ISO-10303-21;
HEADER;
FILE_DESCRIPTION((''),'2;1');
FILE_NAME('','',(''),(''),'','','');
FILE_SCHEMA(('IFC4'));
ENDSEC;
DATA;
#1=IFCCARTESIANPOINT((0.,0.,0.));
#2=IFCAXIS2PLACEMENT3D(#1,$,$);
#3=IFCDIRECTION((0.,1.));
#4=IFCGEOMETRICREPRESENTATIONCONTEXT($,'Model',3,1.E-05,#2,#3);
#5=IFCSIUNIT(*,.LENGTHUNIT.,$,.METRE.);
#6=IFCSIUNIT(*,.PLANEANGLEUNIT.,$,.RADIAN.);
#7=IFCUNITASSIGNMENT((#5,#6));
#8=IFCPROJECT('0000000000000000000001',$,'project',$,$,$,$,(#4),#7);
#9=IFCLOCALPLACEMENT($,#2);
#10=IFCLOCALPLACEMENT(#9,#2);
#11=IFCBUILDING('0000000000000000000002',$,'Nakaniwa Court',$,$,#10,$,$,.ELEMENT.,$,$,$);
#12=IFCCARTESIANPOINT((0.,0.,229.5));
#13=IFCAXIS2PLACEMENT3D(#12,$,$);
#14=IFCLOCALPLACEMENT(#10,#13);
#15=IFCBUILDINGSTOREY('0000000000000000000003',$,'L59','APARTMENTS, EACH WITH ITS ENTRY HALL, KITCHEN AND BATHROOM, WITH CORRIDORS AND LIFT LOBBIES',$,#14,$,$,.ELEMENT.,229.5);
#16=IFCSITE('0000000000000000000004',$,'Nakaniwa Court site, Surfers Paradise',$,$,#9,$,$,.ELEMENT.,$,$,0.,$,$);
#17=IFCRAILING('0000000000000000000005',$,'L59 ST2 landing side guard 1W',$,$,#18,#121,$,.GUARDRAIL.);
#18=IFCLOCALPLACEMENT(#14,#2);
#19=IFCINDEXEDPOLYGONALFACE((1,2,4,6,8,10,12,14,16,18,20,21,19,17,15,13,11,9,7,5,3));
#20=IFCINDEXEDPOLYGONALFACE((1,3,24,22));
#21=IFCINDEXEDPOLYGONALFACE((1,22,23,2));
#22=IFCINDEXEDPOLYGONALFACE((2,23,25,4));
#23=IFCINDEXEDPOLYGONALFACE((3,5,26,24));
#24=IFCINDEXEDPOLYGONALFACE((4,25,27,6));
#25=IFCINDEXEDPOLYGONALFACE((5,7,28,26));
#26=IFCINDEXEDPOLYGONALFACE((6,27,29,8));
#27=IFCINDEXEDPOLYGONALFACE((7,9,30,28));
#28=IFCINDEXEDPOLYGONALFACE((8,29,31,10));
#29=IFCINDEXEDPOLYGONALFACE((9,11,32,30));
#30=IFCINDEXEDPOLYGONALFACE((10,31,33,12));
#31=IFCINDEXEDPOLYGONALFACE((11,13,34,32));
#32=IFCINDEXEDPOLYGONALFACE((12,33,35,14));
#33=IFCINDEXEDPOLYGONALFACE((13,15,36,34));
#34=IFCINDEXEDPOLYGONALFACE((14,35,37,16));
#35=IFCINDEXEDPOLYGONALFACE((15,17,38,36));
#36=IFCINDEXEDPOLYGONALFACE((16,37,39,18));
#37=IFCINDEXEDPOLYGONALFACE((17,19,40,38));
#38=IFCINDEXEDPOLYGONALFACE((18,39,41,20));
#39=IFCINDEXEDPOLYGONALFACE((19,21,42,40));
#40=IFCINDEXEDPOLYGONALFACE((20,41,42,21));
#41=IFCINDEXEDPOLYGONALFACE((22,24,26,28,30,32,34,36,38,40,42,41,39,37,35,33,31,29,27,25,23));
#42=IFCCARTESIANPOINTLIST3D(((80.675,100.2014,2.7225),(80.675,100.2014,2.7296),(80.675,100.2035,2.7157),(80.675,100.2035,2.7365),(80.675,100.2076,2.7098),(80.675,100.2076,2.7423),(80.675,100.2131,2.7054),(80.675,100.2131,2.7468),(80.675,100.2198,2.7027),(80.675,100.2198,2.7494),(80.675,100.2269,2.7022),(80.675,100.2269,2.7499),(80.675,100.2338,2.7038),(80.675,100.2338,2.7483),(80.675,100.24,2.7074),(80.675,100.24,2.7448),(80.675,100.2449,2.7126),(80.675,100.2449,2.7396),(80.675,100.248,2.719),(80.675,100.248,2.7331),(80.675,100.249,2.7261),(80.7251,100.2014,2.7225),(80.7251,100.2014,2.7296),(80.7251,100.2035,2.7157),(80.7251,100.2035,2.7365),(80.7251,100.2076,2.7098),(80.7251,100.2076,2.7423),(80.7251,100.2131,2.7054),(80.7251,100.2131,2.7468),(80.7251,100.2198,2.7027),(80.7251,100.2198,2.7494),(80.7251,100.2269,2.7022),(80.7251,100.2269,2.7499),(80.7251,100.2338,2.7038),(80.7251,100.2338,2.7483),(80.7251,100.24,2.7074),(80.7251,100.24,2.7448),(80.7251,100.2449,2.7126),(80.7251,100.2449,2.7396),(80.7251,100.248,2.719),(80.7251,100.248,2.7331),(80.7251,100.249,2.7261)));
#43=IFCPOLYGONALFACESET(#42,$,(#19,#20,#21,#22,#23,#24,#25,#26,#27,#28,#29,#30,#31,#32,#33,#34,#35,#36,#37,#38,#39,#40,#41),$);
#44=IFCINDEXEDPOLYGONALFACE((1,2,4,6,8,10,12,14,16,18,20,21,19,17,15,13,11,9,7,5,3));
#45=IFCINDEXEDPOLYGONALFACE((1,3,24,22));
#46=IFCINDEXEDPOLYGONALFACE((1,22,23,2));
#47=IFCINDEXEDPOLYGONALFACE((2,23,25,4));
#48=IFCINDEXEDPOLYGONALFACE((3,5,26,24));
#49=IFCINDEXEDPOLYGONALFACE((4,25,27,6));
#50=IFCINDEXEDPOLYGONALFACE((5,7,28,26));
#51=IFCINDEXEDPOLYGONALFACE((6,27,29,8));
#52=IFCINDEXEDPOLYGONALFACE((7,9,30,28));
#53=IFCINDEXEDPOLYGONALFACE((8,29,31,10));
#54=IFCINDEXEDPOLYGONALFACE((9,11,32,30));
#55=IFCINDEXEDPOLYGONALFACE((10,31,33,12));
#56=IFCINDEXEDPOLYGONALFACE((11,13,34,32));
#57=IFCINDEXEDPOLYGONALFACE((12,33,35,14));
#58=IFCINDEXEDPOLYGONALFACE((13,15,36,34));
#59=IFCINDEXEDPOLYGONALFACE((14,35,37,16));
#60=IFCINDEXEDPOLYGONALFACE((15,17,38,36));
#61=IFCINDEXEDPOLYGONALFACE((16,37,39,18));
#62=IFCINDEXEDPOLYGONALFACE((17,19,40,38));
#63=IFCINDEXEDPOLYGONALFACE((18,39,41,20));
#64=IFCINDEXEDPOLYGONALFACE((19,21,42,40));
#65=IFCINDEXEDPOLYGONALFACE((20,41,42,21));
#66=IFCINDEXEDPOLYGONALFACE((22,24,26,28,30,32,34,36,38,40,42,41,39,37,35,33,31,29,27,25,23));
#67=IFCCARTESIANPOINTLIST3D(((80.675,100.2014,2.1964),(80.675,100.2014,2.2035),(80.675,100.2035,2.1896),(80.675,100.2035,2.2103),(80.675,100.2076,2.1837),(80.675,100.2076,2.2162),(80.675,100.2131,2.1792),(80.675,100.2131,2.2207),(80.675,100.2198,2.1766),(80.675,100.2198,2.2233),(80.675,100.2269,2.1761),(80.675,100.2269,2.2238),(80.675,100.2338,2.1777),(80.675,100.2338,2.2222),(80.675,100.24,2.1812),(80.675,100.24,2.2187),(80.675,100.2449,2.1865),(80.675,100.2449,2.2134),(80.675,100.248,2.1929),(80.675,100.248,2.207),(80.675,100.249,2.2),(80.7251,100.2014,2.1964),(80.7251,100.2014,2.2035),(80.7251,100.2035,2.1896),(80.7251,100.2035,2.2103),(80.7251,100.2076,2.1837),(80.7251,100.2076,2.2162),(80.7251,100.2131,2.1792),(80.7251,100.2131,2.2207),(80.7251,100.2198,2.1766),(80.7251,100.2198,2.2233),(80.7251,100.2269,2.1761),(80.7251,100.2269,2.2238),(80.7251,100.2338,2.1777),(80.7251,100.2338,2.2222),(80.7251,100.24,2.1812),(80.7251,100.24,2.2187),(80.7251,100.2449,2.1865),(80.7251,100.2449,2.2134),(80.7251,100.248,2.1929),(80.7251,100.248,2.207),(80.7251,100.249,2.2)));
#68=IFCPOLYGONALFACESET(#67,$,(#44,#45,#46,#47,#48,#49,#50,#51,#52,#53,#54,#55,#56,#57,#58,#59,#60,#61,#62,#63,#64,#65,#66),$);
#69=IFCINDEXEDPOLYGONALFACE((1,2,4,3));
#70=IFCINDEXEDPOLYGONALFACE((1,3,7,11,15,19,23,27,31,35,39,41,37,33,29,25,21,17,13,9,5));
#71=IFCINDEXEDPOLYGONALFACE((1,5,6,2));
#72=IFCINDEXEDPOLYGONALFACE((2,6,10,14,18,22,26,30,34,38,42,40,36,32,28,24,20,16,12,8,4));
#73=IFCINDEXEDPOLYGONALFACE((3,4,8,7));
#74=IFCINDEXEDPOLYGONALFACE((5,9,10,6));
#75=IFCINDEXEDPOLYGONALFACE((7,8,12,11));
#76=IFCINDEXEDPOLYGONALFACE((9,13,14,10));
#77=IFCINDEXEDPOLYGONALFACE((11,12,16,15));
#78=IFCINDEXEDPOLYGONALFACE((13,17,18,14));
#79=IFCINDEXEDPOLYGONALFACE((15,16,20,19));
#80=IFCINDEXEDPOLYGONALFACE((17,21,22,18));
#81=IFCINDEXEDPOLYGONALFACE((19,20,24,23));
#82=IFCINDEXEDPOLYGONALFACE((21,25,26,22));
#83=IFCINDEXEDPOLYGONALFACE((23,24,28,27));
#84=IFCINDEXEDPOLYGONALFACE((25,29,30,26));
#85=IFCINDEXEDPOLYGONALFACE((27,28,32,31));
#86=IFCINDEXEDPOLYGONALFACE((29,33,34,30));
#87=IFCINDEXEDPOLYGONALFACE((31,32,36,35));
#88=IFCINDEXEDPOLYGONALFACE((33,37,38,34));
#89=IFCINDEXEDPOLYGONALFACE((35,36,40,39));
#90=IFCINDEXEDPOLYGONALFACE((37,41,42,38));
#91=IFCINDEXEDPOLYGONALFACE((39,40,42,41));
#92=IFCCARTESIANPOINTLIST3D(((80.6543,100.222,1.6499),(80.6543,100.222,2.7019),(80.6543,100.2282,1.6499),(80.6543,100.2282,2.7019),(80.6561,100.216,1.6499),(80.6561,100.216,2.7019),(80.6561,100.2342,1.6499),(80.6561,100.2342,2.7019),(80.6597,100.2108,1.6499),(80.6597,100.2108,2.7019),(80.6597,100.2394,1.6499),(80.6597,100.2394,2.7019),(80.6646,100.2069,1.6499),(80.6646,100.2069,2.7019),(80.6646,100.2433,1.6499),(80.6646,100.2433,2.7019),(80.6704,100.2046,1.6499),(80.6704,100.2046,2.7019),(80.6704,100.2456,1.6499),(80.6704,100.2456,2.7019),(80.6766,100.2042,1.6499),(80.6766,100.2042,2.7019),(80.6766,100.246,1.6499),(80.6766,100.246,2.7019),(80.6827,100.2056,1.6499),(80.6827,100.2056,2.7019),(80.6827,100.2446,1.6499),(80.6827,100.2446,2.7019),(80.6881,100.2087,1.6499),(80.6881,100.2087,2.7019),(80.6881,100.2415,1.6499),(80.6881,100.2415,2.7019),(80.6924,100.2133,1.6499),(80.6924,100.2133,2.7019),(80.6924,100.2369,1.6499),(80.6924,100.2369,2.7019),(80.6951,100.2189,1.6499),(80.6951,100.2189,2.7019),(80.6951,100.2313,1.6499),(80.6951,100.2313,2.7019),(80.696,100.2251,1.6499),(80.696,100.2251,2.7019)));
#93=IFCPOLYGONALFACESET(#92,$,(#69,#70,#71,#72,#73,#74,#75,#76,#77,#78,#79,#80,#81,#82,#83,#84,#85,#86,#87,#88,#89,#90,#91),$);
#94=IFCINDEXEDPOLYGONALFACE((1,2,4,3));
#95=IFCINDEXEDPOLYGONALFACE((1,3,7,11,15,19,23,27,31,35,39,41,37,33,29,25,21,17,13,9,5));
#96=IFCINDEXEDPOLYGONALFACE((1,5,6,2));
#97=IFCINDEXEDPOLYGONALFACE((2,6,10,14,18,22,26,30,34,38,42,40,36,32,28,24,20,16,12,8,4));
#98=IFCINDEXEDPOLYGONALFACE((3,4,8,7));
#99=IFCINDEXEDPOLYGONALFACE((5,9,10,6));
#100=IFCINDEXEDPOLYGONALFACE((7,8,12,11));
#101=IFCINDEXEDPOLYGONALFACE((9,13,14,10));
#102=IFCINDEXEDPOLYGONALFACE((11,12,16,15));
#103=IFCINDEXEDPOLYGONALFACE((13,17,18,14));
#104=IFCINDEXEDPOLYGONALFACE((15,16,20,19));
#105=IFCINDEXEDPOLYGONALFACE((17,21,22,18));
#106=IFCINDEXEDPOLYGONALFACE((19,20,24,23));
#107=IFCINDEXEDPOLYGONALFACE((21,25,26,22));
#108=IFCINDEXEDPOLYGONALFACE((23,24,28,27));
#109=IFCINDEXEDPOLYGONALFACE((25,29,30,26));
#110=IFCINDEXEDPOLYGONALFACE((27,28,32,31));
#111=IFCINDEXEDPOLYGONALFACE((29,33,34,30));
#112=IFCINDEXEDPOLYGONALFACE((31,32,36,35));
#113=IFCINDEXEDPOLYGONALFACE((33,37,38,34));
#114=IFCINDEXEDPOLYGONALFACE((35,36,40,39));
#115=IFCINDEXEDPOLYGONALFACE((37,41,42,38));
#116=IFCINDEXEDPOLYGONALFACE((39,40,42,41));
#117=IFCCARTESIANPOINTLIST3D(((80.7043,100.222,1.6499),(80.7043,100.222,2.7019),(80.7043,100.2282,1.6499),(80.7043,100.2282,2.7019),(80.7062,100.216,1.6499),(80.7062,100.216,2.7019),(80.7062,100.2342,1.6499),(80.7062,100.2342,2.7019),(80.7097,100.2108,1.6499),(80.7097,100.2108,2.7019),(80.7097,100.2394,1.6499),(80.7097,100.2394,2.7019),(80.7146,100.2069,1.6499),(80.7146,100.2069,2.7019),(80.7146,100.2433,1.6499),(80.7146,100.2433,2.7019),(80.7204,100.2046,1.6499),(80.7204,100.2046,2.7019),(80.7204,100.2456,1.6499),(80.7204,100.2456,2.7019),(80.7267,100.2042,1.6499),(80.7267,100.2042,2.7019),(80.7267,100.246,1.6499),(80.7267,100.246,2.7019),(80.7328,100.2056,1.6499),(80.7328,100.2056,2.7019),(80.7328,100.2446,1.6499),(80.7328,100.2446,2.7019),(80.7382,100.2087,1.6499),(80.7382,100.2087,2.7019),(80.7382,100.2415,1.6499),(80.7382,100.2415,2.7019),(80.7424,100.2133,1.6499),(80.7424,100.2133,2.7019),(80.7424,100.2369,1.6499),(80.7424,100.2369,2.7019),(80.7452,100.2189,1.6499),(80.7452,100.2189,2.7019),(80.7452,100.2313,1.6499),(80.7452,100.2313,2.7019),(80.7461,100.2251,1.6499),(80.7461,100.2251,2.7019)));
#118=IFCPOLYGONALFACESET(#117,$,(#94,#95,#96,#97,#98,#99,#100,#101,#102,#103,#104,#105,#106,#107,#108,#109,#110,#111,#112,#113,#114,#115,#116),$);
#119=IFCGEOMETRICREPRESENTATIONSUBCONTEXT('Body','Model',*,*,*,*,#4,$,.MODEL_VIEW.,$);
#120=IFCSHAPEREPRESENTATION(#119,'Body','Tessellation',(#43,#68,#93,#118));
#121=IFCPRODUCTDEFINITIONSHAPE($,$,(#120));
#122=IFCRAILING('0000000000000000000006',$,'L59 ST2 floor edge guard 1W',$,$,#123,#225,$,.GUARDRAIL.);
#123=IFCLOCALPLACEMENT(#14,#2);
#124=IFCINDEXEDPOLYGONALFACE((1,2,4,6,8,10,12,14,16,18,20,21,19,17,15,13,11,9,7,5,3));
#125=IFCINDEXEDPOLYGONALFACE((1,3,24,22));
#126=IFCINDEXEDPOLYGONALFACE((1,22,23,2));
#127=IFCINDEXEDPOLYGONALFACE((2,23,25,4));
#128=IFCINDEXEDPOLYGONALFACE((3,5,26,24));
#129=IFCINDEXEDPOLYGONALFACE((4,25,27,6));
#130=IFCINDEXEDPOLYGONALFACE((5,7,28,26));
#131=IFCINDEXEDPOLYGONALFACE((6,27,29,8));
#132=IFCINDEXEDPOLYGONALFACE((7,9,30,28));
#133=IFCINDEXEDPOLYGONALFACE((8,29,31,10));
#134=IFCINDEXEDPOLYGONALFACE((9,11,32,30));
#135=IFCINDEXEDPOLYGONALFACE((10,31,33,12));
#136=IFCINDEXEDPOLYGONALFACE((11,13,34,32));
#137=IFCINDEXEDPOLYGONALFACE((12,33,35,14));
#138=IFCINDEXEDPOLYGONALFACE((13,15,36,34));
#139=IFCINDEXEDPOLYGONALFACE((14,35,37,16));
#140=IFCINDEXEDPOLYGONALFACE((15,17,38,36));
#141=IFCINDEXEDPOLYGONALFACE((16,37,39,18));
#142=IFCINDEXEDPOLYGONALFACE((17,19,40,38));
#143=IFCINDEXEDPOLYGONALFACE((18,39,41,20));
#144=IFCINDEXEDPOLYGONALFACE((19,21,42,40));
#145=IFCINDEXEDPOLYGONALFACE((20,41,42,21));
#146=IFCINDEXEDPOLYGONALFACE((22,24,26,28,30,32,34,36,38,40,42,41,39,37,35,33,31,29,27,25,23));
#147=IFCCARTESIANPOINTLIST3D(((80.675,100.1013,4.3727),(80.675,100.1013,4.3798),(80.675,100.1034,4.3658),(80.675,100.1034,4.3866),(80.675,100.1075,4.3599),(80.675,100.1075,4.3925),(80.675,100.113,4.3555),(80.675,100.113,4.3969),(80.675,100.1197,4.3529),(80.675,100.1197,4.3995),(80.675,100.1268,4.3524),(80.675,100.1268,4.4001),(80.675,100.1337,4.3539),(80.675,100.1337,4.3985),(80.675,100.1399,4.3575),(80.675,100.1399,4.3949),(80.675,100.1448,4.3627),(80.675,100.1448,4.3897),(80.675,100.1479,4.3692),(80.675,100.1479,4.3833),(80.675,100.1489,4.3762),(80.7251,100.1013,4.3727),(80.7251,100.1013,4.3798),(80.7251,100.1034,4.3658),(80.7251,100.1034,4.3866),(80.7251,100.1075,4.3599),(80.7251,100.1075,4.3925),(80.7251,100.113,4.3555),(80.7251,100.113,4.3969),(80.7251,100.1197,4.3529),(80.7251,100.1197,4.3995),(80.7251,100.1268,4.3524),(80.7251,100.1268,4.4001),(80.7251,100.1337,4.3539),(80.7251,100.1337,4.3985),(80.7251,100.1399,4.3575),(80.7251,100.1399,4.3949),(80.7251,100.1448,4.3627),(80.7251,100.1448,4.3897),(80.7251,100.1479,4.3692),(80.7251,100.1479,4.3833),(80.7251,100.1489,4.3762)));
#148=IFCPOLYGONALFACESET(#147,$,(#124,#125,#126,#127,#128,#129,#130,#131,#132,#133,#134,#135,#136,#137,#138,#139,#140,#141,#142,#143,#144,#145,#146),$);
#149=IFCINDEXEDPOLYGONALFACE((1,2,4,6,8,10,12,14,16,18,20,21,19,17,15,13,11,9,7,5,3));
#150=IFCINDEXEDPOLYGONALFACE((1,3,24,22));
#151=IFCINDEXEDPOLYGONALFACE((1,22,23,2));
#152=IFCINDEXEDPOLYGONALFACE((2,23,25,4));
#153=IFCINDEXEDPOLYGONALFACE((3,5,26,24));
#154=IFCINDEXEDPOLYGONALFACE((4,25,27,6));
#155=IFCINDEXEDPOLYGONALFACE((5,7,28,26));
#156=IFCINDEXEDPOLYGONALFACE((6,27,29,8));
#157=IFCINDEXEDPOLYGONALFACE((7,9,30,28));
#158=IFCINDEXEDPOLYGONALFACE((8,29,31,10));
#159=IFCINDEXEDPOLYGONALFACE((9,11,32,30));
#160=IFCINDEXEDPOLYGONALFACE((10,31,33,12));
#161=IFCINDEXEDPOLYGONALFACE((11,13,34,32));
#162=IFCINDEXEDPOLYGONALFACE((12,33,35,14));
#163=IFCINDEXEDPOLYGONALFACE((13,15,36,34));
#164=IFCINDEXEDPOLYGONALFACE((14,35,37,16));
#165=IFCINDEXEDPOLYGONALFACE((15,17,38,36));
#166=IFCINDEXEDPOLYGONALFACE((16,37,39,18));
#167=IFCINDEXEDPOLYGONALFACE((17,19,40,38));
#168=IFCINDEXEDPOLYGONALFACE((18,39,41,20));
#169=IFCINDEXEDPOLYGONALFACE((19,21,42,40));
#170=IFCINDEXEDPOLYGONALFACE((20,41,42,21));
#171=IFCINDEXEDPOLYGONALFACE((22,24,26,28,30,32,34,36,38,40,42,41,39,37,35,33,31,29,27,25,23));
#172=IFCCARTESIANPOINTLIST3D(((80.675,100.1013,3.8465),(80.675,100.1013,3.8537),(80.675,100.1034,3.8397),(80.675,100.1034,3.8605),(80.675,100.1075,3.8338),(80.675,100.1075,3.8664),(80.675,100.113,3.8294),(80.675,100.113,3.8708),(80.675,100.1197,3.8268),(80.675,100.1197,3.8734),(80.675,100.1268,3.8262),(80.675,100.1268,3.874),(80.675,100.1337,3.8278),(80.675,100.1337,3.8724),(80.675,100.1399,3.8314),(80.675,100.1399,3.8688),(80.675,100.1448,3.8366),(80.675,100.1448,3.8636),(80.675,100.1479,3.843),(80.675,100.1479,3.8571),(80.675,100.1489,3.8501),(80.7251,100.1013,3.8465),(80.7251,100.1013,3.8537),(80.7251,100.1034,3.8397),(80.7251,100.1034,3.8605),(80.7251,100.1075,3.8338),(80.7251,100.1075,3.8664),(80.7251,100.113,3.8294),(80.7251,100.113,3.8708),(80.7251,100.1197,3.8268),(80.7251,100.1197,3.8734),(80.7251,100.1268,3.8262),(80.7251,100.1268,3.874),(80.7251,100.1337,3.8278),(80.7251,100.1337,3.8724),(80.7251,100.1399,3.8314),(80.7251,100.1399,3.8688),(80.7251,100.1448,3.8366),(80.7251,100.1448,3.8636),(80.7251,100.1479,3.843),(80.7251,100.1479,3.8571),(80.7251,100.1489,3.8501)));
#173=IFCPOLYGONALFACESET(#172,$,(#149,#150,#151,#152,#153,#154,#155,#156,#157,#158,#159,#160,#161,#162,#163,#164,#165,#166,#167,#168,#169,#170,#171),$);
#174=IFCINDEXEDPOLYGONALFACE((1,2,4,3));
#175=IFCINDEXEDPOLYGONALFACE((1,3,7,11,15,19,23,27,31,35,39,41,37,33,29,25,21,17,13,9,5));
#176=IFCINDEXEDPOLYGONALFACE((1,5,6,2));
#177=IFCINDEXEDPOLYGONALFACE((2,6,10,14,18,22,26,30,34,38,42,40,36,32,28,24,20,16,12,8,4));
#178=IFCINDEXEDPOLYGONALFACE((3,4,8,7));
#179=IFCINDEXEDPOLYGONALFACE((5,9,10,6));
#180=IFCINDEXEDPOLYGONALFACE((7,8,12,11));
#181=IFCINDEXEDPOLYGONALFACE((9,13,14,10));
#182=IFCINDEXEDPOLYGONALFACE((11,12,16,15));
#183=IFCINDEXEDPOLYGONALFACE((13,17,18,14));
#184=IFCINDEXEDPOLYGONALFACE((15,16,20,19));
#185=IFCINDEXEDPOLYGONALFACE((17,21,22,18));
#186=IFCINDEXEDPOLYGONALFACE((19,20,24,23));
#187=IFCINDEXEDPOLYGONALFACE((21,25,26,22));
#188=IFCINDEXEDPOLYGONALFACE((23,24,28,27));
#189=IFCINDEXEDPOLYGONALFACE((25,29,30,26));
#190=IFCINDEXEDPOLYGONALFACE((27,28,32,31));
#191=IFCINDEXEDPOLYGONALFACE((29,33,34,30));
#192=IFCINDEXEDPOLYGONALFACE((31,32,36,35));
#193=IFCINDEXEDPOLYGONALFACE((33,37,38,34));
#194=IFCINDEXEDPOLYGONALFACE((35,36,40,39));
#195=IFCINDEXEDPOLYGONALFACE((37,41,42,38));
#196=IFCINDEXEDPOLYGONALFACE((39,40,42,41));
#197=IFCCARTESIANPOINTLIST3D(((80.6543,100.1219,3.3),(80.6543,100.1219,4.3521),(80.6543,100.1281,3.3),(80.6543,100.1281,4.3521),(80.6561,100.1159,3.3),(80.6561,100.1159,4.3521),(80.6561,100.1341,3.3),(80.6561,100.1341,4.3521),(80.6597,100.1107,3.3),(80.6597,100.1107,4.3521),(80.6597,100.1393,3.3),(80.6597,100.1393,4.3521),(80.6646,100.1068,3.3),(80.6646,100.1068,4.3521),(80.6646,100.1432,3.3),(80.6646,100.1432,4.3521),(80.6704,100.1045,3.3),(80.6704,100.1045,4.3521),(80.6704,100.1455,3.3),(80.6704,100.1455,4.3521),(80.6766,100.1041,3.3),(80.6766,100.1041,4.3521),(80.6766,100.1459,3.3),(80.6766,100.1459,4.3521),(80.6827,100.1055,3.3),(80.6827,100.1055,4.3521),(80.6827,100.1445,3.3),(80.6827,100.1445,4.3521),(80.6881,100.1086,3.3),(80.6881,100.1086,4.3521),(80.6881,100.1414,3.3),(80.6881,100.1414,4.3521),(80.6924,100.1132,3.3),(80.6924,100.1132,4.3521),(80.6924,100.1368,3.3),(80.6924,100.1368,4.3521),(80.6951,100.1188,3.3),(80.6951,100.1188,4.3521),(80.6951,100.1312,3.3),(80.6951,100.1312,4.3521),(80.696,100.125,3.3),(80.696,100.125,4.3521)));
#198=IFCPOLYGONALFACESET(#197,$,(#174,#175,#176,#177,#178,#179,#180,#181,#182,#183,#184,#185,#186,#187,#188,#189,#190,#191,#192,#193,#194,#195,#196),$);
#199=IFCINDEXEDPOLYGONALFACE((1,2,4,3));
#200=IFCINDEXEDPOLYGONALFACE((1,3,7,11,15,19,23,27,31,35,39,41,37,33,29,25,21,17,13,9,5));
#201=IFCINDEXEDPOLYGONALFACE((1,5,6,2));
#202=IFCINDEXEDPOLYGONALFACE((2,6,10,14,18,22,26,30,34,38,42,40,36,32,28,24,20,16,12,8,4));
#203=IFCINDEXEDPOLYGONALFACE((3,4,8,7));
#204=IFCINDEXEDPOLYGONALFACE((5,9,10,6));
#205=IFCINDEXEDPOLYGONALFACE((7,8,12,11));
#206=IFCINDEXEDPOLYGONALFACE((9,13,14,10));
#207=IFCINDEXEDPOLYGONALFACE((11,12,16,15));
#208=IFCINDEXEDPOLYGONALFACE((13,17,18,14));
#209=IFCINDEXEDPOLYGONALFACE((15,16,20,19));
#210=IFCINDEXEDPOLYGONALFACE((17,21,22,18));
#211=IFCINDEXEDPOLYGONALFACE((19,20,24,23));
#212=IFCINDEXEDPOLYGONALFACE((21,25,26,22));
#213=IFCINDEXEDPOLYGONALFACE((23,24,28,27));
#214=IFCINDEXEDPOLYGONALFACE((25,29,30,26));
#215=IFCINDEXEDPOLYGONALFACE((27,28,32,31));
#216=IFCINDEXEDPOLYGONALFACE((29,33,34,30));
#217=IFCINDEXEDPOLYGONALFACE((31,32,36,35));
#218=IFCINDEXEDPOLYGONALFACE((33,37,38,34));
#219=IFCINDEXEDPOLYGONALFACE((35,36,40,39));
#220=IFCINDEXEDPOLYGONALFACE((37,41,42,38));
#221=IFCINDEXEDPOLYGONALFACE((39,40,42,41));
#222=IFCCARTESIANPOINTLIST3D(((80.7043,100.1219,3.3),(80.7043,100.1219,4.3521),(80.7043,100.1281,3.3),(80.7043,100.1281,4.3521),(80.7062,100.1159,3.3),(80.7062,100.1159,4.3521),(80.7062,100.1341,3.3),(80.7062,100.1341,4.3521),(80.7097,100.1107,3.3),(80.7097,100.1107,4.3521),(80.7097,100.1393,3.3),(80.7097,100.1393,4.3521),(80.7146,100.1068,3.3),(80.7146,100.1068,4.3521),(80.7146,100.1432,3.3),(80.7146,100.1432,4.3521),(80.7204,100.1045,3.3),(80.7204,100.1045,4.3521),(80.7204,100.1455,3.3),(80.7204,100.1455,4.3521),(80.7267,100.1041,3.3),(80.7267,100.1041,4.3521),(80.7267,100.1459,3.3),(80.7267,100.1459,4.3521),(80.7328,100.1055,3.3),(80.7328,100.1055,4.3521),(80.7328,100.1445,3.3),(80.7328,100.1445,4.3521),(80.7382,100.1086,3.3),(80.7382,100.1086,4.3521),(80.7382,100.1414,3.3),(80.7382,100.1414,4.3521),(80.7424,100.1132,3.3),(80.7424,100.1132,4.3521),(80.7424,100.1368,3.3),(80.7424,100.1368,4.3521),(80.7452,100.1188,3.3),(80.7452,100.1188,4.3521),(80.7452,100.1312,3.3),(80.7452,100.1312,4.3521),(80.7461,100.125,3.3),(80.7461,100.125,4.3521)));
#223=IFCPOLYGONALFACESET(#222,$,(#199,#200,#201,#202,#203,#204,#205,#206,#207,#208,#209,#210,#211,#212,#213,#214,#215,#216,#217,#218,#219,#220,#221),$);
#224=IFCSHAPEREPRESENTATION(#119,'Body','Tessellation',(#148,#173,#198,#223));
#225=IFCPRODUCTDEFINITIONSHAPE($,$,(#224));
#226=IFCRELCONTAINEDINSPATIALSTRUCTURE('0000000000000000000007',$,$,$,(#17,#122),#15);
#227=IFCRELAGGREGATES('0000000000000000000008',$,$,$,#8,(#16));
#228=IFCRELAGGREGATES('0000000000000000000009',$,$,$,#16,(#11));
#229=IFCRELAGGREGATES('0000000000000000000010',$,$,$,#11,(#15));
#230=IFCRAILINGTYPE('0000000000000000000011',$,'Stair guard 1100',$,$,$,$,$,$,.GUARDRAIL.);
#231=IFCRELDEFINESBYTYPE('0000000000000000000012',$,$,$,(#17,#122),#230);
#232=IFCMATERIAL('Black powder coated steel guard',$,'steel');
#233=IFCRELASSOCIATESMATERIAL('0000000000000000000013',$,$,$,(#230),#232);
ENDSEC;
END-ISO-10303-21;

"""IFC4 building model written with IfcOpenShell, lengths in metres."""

from ifc_helpers import new_model, si_unit, direction, frame, origin, origin_2d, place, context, subcontext, project, spatial, circle, extrude, material, type_object, element, save


model = new_model("IFC4")

# Units and contexts
model_context = context("Model", 3, precision=1e-05, world=origin(), true_north=direction((0.0, 1.0)))
body_context = subcontext(model_context, "Body", "Model", "MODEL_VIEW")
ifc_project = project(units=[si_unit("LENGTHUNIT", "METRE"), si_unit("PLANEANGLEUNIT", "RADIAN")], contexts=[model_context])

# Site, building, storey
site_placement = place(None, origin())
site = spatial("IfcSite", under=ifc_project, at=site_placement, Name="Nakaniwa Court site, Surfers Paradise", CompositionType="ELEMENT", RefElevation=0.0)
building_placement = place(site_placement, origin())
building = spatial("IfcBuilding", under=site, at=building_placement, Name="Nakaniwa Court", CompositionType="ELEMENT")
storey_placement = place(building_placement, frame((0.0, 0.0, 229.5)))
storey = spatial("IfcBuildingStorey", under=building, at=storey_placement, Name="L59", Description="APARTMENTS, EACH WITH ITS ENTRY HALL, KITCHEN AND BATHROOM, WITH CORRIDORS AND LIFT LOBBIES", CompositionType="ELEMENT", Elevation=229.5)

# Railings
ifc_material_1 = material(Name="Black powder coated steel guard", Category="steel")
railing_type_1 = type_object("IfcRailingType", Name="Stair guard 1100", PredefinedType="GUARDRAIL", material=ifc_material_1)
for number, where, name in (
    (1, (80.675, 100.2251, 1.6499), "L59 ST2 landing side guard 1W"),
    (2, (80.675, 100.125, 3.3), "L59 ST2 floor edge guard 1W"),
):
    element("IfcRailing", number, at=place(storey_placement, frame(where)), inside=storey, type_object=railing_type_1, Name=name, PredefinedType="GUARDRAIL", context=body_context, shape_type="SweptSolid", body=[
        extrude(circle(Radius=0.0239, at=origin_2d()), frame((0.0, 0.0, 1.0762), z_axis=(1.0, 0.0, 0.0), x_axis=(0.0, 1.0, 0.0)), (0.0, 0.0, 1.0), 0.05),
        extrude(circle(Radius=0.0239, at=origin_2d()), frame((0.0, 0.0, 0.55), z_axis=(1.0, 0.0, 0.0), x_axis=(0.0, 1.0, 0.0)), (0.0, 0.0, 1.0), 0.05),
        extrude(circle(Radius=0.021, at=origin_2d()), origin(), (0.0, 0.0, 1.0), 1.052),
        extrude(circle(Radius=0.021, at=origin_2d()), frame((0.05, 0.0, 0.0)), (0.0, 0.0, 1.0), 1.052),
    ])

save(model, "model.ifc")
